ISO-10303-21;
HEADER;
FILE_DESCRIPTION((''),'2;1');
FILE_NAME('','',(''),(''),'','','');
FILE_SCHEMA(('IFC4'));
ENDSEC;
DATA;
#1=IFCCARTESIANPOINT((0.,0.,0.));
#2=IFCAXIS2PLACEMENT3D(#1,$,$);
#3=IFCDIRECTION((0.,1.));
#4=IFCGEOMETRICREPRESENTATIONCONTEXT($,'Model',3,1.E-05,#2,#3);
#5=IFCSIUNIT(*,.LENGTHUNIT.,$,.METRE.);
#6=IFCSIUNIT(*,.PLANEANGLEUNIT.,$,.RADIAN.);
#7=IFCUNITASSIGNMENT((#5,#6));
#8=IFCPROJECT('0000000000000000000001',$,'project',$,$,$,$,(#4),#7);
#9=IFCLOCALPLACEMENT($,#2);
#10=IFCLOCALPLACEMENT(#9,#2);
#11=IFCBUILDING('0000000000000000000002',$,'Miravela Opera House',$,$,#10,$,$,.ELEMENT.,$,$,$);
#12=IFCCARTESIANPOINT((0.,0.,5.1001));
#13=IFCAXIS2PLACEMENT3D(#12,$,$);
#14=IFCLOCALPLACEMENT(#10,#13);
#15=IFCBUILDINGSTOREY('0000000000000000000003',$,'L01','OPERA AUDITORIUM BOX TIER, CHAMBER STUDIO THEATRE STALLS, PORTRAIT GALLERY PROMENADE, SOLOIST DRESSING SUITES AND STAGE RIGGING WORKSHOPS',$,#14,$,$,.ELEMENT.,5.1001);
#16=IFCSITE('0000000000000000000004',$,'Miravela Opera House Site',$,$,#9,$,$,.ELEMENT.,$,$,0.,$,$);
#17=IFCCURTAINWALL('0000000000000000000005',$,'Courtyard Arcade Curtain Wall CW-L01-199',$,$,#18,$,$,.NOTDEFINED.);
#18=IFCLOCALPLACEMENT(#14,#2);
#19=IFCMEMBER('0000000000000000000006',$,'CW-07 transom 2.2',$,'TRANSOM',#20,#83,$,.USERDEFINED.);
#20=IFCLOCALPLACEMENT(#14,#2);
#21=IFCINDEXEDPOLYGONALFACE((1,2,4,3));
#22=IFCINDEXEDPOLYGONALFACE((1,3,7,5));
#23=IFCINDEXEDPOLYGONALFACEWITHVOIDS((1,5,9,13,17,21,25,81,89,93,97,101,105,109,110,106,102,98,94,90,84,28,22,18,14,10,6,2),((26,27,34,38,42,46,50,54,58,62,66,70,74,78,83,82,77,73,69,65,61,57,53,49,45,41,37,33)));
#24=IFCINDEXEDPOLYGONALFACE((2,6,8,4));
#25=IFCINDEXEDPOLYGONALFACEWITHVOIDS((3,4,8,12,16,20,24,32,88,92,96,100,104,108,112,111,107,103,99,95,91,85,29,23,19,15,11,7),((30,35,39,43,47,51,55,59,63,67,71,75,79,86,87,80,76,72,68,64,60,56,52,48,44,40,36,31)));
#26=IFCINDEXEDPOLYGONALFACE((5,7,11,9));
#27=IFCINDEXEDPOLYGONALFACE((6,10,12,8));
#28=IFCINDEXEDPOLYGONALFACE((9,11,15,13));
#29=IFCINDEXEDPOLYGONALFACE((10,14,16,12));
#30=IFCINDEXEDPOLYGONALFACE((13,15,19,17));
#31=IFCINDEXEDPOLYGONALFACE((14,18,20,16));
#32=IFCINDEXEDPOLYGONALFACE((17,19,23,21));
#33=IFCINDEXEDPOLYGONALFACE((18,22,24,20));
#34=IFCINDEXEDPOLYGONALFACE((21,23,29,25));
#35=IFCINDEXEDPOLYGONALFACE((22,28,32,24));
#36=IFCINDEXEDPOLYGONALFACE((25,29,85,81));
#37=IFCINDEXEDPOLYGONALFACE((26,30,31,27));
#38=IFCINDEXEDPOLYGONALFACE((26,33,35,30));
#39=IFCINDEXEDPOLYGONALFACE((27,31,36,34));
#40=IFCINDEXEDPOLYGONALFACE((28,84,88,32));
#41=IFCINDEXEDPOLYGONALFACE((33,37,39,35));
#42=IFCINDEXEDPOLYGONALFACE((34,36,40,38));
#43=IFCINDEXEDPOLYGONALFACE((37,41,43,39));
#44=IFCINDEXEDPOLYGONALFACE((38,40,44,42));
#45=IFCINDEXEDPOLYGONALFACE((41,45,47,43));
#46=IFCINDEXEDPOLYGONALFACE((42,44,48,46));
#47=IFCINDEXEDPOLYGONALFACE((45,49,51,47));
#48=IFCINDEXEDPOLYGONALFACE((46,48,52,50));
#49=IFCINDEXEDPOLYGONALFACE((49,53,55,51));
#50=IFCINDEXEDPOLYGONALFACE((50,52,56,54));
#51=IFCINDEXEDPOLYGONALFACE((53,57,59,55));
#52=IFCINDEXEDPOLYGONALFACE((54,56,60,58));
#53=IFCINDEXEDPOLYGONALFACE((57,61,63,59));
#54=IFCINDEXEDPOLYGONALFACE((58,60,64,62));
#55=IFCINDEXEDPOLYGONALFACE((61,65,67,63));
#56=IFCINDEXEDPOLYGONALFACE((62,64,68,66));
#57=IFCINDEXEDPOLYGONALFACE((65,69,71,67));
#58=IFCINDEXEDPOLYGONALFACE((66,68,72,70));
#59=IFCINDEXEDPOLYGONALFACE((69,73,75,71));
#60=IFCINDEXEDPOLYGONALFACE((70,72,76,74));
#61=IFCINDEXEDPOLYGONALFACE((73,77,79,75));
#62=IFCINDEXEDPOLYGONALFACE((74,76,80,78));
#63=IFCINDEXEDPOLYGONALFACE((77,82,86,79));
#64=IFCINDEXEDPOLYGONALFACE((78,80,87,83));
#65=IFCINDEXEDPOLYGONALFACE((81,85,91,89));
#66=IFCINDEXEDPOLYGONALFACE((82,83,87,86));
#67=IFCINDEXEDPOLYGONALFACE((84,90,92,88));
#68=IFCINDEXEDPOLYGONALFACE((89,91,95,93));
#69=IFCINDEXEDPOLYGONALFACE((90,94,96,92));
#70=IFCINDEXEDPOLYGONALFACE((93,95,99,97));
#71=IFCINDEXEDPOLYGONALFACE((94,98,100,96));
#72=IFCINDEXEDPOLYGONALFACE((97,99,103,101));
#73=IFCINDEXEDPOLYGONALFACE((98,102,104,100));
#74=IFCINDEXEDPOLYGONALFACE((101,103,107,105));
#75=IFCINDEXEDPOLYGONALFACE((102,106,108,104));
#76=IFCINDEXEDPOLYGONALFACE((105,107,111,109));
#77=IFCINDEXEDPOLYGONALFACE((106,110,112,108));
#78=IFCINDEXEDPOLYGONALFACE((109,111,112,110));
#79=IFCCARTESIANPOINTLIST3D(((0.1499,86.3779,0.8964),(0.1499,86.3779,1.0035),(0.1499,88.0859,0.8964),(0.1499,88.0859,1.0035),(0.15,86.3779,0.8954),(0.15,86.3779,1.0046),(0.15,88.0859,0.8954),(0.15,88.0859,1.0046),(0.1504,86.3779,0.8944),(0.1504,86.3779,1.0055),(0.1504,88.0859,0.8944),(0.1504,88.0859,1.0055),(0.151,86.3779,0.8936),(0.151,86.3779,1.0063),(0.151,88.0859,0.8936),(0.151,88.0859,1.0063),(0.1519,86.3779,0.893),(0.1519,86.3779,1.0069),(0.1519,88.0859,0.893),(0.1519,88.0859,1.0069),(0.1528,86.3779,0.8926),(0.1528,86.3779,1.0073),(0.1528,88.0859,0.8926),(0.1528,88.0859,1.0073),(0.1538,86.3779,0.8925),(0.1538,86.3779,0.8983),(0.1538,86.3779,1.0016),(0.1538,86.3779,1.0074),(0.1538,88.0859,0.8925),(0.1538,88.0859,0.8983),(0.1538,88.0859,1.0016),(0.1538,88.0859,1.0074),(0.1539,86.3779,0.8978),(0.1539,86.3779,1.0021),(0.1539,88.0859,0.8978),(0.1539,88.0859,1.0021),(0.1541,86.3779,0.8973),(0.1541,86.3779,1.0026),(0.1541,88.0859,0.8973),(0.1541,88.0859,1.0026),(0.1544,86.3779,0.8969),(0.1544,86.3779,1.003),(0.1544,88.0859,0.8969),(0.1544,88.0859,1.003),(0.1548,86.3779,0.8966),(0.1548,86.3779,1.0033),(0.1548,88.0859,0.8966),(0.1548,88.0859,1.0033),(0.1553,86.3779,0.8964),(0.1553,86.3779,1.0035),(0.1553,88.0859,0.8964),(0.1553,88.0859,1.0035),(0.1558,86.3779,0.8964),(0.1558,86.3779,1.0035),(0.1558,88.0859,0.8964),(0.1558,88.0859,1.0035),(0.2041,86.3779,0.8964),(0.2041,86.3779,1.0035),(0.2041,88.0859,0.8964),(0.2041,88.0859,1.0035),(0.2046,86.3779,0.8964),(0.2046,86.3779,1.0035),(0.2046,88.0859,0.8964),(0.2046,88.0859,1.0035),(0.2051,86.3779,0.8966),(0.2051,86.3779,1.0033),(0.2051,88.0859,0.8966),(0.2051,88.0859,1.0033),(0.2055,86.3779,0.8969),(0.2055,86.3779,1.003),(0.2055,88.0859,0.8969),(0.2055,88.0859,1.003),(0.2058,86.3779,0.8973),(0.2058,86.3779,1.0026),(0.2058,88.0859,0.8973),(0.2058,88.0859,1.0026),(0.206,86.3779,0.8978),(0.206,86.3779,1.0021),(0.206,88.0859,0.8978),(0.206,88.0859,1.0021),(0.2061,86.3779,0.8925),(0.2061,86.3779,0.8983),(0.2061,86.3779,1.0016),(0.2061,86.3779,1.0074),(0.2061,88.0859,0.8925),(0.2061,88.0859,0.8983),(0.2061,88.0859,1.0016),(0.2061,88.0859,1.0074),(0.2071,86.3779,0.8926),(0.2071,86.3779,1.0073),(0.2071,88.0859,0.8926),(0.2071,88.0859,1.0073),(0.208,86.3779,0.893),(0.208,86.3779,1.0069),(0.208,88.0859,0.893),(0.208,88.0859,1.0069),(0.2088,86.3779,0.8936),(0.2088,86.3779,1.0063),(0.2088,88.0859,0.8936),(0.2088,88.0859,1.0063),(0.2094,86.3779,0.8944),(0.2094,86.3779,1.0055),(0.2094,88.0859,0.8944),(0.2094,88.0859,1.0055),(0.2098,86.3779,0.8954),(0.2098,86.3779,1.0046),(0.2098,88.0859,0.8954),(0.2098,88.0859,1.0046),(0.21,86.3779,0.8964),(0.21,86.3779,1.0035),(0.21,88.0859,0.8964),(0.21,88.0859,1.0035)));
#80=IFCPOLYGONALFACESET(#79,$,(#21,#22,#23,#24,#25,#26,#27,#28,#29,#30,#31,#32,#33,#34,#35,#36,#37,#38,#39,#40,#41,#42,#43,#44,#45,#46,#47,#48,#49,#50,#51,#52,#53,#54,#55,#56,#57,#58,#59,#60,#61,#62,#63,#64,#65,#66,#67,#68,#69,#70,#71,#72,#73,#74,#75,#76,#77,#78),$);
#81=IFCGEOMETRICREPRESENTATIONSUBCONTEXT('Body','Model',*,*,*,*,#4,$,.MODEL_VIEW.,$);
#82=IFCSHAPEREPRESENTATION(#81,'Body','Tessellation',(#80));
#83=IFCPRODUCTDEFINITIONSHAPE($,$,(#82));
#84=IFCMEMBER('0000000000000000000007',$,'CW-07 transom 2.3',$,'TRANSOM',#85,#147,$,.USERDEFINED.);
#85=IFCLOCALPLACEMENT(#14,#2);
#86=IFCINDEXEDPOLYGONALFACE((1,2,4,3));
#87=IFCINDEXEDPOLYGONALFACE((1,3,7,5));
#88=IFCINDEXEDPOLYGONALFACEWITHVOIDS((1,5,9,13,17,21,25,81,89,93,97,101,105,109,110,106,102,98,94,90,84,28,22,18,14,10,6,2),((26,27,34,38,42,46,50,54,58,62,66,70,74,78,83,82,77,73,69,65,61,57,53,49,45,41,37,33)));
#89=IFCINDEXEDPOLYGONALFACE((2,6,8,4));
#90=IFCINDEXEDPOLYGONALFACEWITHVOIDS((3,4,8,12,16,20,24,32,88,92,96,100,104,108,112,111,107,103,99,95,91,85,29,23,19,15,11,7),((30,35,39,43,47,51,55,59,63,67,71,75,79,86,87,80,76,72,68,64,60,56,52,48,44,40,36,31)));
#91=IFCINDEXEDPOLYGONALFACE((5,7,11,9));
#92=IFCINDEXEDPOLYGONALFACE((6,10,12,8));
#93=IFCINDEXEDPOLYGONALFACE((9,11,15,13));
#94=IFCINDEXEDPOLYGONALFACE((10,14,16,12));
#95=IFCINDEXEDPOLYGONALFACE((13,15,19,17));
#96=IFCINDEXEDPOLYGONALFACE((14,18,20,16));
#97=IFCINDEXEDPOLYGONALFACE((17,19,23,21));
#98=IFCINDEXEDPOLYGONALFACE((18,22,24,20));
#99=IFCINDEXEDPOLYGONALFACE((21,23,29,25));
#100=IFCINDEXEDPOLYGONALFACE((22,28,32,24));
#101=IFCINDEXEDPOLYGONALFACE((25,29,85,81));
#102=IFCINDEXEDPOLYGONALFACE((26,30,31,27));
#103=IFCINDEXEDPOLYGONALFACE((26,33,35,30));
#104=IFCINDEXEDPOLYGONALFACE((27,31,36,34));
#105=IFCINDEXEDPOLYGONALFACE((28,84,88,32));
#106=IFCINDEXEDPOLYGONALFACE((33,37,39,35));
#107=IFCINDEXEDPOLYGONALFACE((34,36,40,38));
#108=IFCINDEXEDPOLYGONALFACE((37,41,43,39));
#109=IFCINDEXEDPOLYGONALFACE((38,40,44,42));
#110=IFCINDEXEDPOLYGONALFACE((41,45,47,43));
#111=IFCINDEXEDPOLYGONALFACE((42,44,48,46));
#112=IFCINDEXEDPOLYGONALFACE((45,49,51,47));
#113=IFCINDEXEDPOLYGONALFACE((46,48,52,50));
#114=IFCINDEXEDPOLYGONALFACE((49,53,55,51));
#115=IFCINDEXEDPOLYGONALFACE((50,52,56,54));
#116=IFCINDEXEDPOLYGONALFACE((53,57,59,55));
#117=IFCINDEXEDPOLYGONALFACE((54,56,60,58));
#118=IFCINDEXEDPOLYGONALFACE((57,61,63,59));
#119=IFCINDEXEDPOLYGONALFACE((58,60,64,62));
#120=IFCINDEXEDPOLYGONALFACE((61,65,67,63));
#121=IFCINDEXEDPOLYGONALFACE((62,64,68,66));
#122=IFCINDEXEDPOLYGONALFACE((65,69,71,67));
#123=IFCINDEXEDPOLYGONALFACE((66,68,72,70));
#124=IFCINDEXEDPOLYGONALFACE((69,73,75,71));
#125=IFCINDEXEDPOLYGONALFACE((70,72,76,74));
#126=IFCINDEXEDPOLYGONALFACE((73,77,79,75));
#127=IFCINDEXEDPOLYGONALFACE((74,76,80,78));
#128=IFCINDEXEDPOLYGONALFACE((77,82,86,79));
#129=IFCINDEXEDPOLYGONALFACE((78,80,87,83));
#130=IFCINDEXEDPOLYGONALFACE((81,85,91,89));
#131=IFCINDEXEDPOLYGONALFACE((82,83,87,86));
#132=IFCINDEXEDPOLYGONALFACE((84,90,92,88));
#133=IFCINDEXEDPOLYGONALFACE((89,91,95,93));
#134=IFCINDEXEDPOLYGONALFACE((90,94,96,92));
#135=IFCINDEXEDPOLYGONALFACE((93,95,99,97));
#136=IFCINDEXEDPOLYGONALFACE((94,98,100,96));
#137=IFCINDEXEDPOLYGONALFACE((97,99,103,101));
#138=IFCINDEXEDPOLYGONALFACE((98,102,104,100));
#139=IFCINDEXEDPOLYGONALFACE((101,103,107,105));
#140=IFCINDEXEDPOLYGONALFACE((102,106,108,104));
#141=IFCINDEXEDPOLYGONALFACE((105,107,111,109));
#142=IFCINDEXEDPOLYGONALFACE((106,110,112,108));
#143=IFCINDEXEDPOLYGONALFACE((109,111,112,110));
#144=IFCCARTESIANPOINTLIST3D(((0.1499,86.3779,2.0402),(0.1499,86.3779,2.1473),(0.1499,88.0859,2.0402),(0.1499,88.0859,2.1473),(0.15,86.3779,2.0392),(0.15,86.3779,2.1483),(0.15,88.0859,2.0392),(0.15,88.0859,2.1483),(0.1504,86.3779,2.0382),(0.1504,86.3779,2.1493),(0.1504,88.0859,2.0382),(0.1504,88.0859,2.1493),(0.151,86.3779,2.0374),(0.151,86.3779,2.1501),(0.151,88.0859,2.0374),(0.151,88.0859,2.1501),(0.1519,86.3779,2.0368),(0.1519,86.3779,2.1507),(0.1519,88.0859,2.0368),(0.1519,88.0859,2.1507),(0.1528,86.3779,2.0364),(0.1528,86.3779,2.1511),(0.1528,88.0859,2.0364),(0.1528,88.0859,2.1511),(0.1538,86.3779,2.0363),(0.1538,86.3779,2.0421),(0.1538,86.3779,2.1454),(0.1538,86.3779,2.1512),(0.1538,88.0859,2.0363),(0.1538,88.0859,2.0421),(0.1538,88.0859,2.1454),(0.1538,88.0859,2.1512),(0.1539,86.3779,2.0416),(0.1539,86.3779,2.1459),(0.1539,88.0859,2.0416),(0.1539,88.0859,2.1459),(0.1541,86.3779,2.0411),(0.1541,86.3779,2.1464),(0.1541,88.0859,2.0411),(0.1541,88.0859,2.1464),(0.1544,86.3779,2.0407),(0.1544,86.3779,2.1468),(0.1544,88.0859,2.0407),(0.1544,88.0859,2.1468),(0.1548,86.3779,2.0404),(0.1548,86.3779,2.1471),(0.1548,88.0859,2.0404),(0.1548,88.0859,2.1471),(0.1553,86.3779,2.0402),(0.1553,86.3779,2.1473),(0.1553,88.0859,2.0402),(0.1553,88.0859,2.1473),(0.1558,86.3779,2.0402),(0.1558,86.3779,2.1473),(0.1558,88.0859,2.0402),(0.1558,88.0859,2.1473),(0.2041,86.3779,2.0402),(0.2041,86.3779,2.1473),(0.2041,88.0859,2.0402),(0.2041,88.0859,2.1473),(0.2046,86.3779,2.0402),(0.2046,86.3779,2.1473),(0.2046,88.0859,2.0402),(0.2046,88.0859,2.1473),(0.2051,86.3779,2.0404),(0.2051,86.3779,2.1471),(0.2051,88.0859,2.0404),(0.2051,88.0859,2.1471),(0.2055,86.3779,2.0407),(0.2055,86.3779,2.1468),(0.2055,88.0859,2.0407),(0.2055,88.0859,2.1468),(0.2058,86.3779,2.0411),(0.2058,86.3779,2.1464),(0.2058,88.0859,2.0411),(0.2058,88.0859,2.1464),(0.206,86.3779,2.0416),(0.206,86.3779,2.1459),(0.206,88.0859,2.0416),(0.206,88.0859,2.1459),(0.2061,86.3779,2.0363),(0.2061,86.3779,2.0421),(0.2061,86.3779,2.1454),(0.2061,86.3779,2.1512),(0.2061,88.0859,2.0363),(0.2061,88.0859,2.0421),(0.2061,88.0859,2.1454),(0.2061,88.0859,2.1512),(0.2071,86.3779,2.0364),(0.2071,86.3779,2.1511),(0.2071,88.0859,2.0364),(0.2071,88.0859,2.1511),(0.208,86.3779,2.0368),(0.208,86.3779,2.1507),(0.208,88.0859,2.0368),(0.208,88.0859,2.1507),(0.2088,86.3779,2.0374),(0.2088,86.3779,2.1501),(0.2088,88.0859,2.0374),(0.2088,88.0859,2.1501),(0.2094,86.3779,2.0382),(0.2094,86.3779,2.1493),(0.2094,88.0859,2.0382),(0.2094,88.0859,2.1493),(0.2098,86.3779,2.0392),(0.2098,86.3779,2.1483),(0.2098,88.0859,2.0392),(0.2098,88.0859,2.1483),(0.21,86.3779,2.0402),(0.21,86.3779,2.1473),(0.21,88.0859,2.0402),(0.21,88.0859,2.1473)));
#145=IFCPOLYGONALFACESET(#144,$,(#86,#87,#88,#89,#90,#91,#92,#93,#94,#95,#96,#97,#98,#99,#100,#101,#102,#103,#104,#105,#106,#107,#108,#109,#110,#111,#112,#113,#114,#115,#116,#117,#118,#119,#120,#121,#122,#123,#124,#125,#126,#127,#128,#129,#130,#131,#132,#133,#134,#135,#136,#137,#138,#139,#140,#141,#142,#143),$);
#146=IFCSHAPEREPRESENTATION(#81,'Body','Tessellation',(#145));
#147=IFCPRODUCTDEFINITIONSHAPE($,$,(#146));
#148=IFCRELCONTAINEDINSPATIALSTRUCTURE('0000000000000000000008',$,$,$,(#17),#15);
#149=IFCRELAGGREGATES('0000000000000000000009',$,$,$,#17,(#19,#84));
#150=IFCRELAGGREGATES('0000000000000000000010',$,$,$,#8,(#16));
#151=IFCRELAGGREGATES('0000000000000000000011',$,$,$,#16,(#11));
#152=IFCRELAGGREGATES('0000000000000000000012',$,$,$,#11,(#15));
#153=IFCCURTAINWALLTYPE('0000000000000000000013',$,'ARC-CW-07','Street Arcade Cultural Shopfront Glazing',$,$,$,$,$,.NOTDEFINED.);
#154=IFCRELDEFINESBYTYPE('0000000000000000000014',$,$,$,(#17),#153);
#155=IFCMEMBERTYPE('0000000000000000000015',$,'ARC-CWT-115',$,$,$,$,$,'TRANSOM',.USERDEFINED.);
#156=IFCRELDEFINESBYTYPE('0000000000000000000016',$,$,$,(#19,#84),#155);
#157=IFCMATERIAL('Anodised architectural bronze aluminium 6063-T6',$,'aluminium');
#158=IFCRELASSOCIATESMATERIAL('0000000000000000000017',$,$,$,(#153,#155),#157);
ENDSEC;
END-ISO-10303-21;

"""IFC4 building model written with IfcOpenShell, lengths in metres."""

from ifc_helpers import new_model, si_unit, direction, frame, origin, origin_2d, place, context, subcontext, project, spatial, hollow_rectangle, extrude, material, material_profile, profile_set, type_object, element, aggregate, save


model = new_model("IFC4")

# Units and contexts
model_context = context("Model", 3, precision=1e-05, world=origin(), true_north=direction((0.0, 1.0)))
body_context = subcontext(model_context, "Body", "Model", "MODEL_VIEW")
ifc_project = project(units=[si_unit("LENGTHUNIT", "METRE"), si_unit("PLANEANGLEUNIT", "RADIAN")], contexts=[model_context])

# Site, building, storey
site_placement = place(None, origin())
site = spatial("IfcSite", under=ifc_project, at=site_placement, Name="Miravela Opera House Site", CompositionType="ELEMENT", RefElevation=0.0)
building_placement = place(site_placement, origin())
building = spatial("IfcBuilding", under=site, at=building_placement, Name="Miravela Opera House", CompositionType="ELEMENT")
storey_placement = place(building_placement, frame((0.0, 0.0, 5.1001)))
storey = spatial("IfcBuildingStorey", under=building, at=storey_placement, Name="L01", Description="OPERA AUDITORIUM BOX TIER, CHAMBER STUDIO THEATRE STALLS, PORTRAIT GALLERY PROMENADE, SOLOIST DRESSING SUITES AND STAGE RIGGING WORKSHOPS", CompositionType="ELEMENT", Elevation=5.1001)

# Curtain wall, members
ifc_material_1 = material(Name="Anodised architectural bronze aluminium 6063-T6", Category="aluminium")
curtain_wall_type = type_object("IfcCurtainWallType", Name="ARC-CW-07", Description="Street Arcade Cultural Shopfront Glazing", PredefinedType="NOTDEFINED", material=ifc_material_1)
curtain_wall_placement = place(storey_placement, origin())
curtain_wall = element("IfcCurtainWall", 1, at=curtain_wall_placement, inside=storey, type_object=curtain_wall_type, Name="Courtyard Arcade Curtain Wall CW-L01-199", PredefinedType="NOTDEFINED")
ifc_material_profile_1 = material_profile(ifc_material_1, hollow_rectangle(XDim=0.0601, YDim=0.115, WallThickness=0.0039, InnerFilletRadius=0.002, OuterFilletRadius=0.0039, at=origin_2d()), Name="CWT-60X115")
ifc_profile_set_1 = profile_set([ifc_material_profile_1])
member_type_1 = type_object("IfcMemberType", Name="ARC-CWT-115", ElementType="TRANSOM", PredefinedType="USERDEFINED", material=ifc_profile_set_1)
member_1_placement = place(storey_placement, frame((0.1799, 86.3779, 0.95), z_axis=(0.0, 1.0, 0.0), x_axis=(-1.0, 0.0, 0.0)))
member_1 = element("IfcMember", 2, at=member_1_placement, type_object=member_type_1, Name="CW-07 transom 2.2", ObjectType="TRANSOM", PredefinedType="USERDEFINED", context=body_context, shape_type="SweptSolid", body=[
    extrude(hollow_rectangle(XDim=0.0601, YDim=0.115, WallThickness=0.0039, InnerFilletRadius=0.002, OuterFilletRadius=0.0039, at=origin_2d()), origin(), (0.0, 0.0, 1.0), 1.708),
])
member_2_placement = place(storey_placement, frame((0.1799, 86.3779, 2.0938), z_axis=(0.0, 1.0, 0.0), x_axis=(-1.0, 0.0, 0.0)))
member_2 = element("IfcMember", 3, at=member_2_placement, type_object=member_type_1, Name="CW-07 transom 2.3", ObjectType="TRANSOM", PredefinedType="USERDEFINED", context=body_context, shape_type="SweptSolid", body=[
    extrude(hollow_rectangle(XDim=0.0601, YDim=0.115, WallThickness=0.0039, InnerFilletRadius=0.002, OuterFilletRadius=0.0039, at=origin_2d()), origin(), (0.0, 0.0, 1.0), 1.708),
])
aggregate(curtain_wall, [member_1, member_2])

save(model, "model.ifc")
